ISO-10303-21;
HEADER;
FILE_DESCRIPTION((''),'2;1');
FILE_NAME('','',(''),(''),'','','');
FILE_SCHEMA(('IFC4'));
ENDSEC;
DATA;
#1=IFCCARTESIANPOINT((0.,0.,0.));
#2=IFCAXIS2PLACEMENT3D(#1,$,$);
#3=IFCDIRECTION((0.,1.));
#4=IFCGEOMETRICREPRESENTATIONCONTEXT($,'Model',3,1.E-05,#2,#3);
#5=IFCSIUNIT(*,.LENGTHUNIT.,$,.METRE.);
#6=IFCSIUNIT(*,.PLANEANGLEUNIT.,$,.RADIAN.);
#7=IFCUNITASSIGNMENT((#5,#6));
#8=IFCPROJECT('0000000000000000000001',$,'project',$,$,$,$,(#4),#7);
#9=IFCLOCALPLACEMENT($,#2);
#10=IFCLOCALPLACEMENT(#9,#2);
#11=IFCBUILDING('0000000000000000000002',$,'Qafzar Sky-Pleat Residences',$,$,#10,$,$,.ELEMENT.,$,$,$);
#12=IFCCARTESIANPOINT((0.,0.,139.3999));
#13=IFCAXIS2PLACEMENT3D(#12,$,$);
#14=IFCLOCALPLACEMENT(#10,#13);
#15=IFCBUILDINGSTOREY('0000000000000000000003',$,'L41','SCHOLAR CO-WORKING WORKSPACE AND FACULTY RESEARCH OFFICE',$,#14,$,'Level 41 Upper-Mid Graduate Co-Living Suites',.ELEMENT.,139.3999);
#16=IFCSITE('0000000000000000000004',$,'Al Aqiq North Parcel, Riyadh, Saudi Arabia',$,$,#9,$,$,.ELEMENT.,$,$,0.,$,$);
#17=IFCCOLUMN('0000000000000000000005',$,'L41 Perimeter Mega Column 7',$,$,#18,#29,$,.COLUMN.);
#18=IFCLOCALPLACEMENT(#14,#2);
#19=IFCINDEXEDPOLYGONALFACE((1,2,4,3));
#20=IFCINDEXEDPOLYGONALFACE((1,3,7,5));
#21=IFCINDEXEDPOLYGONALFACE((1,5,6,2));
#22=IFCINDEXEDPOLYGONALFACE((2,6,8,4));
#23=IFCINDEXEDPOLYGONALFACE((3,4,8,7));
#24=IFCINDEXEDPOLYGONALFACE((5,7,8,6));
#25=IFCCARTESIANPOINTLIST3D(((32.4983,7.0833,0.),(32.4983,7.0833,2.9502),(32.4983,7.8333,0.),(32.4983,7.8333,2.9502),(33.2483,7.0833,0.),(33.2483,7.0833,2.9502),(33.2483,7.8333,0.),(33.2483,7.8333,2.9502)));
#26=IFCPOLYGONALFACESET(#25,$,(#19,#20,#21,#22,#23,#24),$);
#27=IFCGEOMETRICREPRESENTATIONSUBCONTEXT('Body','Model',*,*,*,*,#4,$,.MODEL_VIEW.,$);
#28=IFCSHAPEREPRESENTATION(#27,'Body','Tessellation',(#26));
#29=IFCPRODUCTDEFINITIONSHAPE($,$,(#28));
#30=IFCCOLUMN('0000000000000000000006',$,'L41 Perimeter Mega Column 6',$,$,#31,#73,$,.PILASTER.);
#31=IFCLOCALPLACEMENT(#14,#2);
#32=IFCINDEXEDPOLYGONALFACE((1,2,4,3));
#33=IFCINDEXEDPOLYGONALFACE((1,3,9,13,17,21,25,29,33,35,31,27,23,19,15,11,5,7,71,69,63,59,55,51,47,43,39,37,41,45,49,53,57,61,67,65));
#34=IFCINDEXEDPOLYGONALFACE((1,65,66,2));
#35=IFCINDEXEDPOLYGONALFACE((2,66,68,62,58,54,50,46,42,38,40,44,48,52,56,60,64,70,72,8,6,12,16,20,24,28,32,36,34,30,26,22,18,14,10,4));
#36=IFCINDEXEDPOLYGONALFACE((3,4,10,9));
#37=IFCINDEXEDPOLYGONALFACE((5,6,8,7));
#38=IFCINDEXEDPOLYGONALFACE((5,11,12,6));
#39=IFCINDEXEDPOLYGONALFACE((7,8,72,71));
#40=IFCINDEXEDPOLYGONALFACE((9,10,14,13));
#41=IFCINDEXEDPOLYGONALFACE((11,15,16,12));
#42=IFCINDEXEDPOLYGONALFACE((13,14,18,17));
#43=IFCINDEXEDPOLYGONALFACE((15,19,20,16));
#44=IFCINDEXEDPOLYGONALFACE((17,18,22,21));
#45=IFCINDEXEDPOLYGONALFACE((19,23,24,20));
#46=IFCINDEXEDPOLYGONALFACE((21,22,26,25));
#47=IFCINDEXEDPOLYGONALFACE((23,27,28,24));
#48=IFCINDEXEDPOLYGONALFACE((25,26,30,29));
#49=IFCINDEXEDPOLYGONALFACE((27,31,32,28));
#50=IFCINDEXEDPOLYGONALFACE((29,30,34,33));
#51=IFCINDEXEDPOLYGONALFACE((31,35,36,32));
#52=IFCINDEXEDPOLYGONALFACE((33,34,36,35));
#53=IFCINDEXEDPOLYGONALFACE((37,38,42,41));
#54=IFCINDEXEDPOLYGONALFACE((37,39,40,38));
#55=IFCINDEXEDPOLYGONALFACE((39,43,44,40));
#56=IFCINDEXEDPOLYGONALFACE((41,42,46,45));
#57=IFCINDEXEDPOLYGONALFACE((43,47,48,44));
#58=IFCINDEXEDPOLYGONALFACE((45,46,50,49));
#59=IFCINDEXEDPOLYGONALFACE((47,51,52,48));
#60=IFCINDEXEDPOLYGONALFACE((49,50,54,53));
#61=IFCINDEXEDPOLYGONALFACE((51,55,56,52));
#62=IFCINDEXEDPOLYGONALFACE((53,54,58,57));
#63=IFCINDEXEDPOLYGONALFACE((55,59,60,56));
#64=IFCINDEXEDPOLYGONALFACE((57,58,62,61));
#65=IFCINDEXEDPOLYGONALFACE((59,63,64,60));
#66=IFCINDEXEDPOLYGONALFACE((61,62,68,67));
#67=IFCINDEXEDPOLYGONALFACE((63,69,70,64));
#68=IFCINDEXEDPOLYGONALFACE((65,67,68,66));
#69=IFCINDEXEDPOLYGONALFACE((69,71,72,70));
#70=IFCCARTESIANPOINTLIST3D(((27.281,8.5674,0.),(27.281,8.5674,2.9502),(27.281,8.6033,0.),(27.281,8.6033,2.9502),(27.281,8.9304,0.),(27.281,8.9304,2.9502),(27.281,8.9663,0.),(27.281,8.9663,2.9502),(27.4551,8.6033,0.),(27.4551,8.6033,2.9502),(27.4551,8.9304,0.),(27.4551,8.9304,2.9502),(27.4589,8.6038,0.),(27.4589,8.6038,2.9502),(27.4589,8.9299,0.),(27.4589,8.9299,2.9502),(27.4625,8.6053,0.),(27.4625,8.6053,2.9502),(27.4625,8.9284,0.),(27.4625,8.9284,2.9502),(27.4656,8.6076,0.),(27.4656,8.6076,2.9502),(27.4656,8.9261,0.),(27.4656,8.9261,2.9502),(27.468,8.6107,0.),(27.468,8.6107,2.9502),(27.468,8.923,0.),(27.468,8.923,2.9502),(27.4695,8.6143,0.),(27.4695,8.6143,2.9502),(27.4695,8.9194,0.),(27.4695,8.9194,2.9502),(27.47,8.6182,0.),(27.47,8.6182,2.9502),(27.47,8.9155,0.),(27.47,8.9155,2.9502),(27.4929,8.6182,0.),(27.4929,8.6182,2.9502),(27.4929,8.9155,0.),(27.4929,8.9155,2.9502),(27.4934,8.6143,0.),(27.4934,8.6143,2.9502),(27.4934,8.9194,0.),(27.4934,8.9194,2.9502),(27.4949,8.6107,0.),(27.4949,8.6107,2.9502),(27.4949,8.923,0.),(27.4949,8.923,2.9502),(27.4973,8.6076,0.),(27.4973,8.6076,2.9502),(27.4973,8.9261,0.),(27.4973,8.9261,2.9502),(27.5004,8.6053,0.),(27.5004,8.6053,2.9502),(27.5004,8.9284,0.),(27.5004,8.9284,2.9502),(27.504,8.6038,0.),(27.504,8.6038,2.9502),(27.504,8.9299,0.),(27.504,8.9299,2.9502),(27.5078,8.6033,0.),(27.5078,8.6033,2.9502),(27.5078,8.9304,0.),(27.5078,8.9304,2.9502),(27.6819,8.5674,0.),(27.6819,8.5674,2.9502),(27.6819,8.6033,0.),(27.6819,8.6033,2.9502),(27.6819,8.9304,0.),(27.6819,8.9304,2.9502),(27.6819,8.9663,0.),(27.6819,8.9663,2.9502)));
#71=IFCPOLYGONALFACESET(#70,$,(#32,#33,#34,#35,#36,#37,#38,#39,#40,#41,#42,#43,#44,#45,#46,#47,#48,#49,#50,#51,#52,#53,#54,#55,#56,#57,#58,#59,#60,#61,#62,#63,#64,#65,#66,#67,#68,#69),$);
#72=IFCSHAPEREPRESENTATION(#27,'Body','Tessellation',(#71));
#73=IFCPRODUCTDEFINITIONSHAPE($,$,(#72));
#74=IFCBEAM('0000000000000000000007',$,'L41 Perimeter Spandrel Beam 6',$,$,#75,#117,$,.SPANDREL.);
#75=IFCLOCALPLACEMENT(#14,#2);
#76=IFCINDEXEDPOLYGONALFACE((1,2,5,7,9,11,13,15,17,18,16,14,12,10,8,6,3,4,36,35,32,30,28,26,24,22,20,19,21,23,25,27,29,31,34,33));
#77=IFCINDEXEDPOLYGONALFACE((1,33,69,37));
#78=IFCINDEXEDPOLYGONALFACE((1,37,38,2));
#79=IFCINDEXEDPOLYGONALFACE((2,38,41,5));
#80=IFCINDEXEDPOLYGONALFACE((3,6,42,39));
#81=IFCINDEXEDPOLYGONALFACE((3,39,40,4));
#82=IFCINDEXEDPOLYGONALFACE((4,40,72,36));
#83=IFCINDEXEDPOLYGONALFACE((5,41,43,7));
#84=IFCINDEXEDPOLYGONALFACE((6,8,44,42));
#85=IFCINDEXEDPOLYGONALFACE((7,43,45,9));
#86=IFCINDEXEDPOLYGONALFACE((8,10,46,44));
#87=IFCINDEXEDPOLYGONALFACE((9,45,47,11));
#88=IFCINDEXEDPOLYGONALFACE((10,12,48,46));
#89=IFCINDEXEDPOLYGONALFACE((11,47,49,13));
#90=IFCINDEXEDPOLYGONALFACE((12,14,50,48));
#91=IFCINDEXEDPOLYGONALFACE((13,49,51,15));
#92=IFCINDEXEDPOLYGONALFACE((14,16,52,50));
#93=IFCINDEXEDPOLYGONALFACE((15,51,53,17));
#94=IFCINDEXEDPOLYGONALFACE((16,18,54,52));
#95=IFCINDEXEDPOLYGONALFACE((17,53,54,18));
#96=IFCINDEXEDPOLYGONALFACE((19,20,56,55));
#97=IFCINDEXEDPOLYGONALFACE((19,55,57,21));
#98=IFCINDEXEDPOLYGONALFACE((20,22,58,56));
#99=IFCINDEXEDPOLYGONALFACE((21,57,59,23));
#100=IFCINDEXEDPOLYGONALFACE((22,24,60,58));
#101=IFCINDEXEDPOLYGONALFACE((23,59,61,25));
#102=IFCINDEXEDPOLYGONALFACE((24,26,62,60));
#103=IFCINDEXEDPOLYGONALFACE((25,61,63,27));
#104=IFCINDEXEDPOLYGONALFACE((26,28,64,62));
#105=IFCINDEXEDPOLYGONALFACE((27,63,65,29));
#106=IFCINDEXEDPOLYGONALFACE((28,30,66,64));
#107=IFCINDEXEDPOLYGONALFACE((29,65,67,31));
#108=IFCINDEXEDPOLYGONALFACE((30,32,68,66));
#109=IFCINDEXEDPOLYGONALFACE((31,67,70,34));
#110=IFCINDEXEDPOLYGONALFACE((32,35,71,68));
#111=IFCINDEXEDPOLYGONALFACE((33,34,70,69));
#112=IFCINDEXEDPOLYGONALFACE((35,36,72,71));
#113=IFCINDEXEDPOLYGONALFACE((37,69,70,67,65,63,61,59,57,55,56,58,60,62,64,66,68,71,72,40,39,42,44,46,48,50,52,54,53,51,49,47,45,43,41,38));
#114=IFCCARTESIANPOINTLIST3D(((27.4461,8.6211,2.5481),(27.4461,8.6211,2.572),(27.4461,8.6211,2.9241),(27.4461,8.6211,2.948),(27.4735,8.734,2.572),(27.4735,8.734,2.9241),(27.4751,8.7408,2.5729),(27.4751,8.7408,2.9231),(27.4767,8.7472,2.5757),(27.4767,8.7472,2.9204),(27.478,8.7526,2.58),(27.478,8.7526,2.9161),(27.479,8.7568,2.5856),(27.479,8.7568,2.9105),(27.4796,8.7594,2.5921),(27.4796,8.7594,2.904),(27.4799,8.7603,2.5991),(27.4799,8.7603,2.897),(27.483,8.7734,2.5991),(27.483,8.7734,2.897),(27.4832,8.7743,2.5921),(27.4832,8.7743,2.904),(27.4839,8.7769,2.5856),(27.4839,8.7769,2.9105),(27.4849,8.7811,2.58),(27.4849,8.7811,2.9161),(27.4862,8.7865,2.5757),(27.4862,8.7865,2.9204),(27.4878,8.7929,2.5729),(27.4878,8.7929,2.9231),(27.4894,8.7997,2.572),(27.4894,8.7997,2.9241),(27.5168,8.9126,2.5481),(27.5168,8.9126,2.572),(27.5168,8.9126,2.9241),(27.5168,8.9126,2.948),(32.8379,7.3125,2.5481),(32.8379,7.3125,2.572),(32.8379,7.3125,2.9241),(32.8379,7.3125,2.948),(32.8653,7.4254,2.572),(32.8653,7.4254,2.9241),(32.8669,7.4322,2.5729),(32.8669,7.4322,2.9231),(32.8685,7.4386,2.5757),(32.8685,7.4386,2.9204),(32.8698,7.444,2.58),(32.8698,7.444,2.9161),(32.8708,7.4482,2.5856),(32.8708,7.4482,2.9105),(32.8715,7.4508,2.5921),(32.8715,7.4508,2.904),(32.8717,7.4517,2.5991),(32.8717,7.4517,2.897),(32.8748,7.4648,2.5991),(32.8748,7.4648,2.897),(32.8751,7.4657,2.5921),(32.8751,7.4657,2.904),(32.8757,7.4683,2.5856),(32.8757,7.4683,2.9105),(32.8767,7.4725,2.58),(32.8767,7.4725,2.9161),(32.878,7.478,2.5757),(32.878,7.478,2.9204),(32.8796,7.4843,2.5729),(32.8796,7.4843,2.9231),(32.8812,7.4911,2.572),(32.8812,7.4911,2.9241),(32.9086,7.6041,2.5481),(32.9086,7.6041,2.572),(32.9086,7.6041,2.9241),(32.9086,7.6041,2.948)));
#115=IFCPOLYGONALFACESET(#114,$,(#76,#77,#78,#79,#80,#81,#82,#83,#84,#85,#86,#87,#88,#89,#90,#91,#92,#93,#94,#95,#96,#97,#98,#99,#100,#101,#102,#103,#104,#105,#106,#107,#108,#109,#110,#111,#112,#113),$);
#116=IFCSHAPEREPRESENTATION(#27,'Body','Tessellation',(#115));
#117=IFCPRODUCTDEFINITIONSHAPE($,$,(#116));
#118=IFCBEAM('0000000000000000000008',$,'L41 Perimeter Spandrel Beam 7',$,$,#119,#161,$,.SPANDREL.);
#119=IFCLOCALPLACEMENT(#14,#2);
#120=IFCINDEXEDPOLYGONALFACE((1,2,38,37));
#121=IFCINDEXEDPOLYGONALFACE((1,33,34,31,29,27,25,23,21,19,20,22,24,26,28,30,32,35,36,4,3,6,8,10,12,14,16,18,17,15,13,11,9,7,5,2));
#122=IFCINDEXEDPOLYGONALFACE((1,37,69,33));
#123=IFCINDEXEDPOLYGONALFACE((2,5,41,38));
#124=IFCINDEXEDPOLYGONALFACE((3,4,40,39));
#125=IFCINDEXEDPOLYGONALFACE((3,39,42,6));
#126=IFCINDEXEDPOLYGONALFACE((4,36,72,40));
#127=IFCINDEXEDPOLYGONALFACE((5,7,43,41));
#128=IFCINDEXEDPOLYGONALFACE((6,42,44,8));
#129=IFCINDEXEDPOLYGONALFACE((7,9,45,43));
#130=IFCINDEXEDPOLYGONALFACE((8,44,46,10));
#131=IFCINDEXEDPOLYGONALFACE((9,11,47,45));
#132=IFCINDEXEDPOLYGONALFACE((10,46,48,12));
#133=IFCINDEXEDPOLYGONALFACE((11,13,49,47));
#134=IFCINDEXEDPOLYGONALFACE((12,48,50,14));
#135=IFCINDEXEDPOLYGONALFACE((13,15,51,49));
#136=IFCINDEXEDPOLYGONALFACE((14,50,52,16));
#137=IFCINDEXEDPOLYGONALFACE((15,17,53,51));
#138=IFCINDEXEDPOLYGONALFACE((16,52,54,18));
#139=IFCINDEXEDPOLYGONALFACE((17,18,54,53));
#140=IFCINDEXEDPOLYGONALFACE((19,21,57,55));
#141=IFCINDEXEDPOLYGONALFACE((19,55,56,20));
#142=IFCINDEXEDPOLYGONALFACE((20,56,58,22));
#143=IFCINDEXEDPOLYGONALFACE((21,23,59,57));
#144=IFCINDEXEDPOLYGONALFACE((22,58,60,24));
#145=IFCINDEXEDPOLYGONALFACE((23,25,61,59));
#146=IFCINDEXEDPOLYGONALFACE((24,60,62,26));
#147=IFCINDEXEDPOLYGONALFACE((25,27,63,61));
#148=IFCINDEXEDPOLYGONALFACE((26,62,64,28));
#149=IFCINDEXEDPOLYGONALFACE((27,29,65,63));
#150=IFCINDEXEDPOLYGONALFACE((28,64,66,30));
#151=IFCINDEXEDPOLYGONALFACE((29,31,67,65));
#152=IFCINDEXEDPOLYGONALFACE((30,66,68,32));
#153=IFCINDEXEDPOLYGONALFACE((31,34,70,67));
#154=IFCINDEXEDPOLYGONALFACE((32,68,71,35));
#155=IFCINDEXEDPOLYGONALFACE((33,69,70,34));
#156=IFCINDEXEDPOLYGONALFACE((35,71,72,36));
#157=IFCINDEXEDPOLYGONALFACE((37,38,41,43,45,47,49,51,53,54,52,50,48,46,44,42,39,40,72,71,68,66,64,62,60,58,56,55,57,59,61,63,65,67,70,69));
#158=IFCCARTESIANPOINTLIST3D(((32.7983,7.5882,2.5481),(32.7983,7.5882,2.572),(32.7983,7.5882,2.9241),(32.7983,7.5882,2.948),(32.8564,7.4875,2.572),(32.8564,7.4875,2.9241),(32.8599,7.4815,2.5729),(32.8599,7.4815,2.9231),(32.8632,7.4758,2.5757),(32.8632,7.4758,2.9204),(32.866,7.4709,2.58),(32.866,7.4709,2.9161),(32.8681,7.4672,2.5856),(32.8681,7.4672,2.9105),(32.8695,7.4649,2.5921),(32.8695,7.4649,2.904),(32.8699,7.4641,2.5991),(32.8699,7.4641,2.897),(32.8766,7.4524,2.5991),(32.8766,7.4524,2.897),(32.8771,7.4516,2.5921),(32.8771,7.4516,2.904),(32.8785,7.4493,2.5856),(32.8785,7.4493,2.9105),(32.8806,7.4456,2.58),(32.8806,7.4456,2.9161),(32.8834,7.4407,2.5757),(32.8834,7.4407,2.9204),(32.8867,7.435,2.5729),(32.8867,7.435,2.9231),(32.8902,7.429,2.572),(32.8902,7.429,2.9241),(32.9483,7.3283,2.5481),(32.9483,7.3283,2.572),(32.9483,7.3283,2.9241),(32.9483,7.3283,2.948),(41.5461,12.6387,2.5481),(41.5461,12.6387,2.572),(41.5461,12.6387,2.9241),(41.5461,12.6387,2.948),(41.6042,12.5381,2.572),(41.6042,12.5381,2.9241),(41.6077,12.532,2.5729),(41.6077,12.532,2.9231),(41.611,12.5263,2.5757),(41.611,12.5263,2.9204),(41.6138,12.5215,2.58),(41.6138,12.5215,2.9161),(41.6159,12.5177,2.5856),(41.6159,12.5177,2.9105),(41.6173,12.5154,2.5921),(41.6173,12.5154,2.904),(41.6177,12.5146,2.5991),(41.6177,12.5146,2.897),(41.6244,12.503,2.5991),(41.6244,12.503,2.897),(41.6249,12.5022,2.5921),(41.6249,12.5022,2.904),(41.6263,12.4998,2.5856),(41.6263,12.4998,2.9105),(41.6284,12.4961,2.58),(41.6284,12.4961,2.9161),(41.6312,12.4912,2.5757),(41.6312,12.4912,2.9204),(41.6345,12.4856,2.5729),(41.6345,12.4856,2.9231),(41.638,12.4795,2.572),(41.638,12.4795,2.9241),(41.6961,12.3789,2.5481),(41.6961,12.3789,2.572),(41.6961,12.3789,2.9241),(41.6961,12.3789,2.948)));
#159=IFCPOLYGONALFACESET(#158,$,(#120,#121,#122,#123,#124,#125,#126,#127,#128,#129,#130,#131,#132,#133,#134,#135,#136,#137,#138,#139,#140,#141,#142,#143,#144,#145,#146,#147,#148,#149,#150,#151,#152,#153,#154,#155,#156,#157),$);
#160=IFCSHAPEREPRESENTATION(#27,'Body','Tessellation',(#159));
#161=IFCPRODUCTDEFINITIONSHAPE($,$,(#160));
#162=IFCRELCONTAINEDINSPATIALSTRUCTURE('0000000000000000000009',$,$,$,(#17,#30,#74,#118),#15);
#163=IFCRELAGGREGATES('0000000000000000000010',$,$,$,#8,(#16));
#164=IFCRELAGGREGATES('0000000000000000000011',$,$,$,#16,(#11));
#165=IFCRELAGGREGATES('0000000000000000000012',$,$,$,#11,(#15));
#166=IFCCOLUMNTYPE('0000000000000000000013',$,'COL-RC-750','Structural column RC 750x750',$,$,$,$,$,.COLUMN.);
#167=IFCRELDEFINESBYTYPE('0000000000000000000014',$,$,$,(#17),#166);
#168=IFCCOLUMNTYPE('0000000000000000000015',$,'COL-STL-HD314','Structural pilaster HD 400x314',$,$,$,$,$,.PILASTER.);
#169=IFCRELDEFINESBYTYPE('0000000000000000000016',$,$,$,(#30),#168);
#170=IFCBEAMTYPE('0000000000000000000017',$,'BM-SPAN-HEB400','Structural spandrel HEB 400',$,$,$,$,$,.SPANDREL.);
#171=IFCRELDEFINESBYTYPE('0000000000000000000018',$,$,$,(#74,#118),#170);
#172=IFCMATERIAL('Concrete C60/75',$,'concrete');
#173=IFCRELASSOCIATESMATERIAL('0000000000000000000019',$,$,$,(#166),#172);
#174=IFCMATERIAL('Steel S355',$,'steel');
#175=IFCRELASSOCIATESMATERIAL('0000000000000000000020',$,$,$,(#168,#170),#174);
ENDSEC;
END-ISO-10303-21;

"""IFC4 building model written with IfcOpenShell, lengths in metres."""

from ifc_helpers import new_model, si_unit, direction, frame, origin, origin_2d, place, context, subcontext, project, spatial, rectangle, i_section, extrude, source, transform, mapped, material, material_profile, profile_set, type_object, element, save


model = new_model("IFC4")

# Units and contexts
model_context = context("Model", 3, precision=1e-05, world=origin(), true_north=direction((0.0, 1.0)))
body_context = subcontext(model_context, "Body", "Model", "MODEL_VIEW")
ifc_project = project(units=[si_unit("LENGTHUNIT", "METRE"), si_unit("PLANEANGLEUNIT", "RADIAN")], contexts=[model_context])

# Site, building, storey
site_placement = place(None, origin())
site = spatial("IfcSite", under=ifc_project, at=site_placement, Name="Al Aqiq North Parcel, Riyadh, Saudi Arabia", CompositionType="ELEMENT", RefElevation=0.0)
building_placement = place(site_placement, origin())
building = spatial("IfcBuilding", under=site, at=building_placement, Name="Qafzar Sky-Pleat Residences", CompositionType="ELEMENT")
storey_placement = place(building_placement, frame((0.0, 0.0, 139.3999)))
storey = spatial("IfcBuildingStorey", under=building, at=storey_placement, Name="L41", Description="SCHOLAR CO-WORKING WORKSPACE AND FACULTY RESEARCH OFFICE", LongName="Level 41 Upper-Mid Graduate Co-Living Suites", CompositionType="ELEMENT", Elevation=139.3999)

# Columns
ifc_material_1 = material(Name="Concrete C60/75", Category="concrete")
ifc_material_profile_1 = material_profile(ifc_material_1, rectangle(XDim=0.75, YDim=0.75, at=origin_2d()), Name="RC 750x750")
ifc_profile_set_1 = profile_set([ifc_material_profile_1], Name="Concrete C60/75")
column_type_1 = type_object("IfcColumnType", Name="COL-RC-750", Description="Structural column RC 750x750", PredefinedType="COLUMN", material=ifc_profile_set_1)
shared_shape_1 = source(origin(), body_context, "Body", "SweptSolid", [
    extrude(rectangle(XDim=0.75, YDim=0.75, at=origin_2d()), origin(), (0.0, 0.0, 1.0), 2.9502),
])
column_1_placement = place(storey_placement, frame((32.8733, 7.4583, 0.0), z_axis=(0.0, 0.0, 1.0), x_axis=(1.0, 0.0, 0.0)))
element("IfcColumn", 1, at=column_1_placement, inside=storey, type_object=column_type_1, Name="L41 Perimeter Mega Column 7", PredefinedType="COLUMN", context=body_context, shape_type="MappedRepresentation", body=[
    mapped(shared_shape_1, transform((0.0, 0.0, 0.0), x_axis=(1.0, 0.0, 0.0), y_axis=(0.0, 1.0, 0.0), z_axis=(0.0, 0.0, 1.0), scale=1.0)),
])
ifc_material_2 = material(Name="Steel S355", Category="steel")
ifc_material_profile_2 = material_profile(ifc_material_2, i_section(OverallWidth=0.4009, OverallDepth=0.3989, WebThickness=0.0229, FlangeThickness=0.0359, FilletRadius=0.0149, at=origin_2d()), Name="HD 400x314")
ifc_profile_set_2 = profile_set([ifc_material_profile_2], Name="Steel S355")
column_type_2 = type_object("IfcColumnType", Name="COL-STL-HD314", Description="Structural pilaster HD 400x314", PredefinedType="PILASTER", material=ifc_profile_set_2)
shared_shape_2 = source(origin(), body_context, "Body", "SweptSolid", [
    extrude(i_section(OverallWidth=0.4009, OverallDepth=0.3989, WebThickness=0.0229, FlangeThickness=0.0359, FilletRadius=0.0149, at=origin_2d()), origin(), (0.0, 0.0, 1.0), 2.9502),
])
column_2_placement = place(storey_placement, frame((27.4814, 8.7668, 0.0), z_axis=(0.0, 0.0, 1.0), x_axis=(1.0, 0.0, 0.0)))
element("IfcColumn", 2, at=column_2_placement, inside=storey, type_object=column_type_2, Name="L41 Perimeter Mega Column 6", PredefinedType="PILASTER", context=body_context, shape_type="MappedRepresentation", body=[
    mapped(shared_shape_2, transform((0.0, 0.0, 0.0), x_axis=(1.0, 0.0, 0.0), y_axis=(0.0, 1.0, 0.0), z_axis=(0.0, 0.0, 1.0), scale=1.0)),
])

# Beams
ifc_material_profile_3 = material_profile(ifc_material_2, i_section(OverallWidth=0.3, OverallDepth=0.3999, WebThickness=0.0134, FlangeThickness=0.0239, FilletRadius=0.0271, at=origin_2d()), Name="HEB 400")
ifc_profile_set_3 = profile_set([ifc_material_profile_3], Name="Steel S355")
beam_type_1 = type_object("IfcBeamType", Name="BM-SPAN-HEB400", Description="Structural spandrel HEB 400", PredefinedType="SPANDREL", material=ifc_profile_set_3)
shared_shape_3 = source(origin(), body_context, "Body", "SweptSolid", [
    extrude(i_section(OverallWidth=0.3, OverallDepth=0.3999, WebThickness=0.0134, FlangeThickness=0.0239, FilletRadius=0.0271, at=origin_2d()), origin(), (0.0, 0.0, 1.0), 5.5483),
])
beam_1_placement = place(storey_placement, frame((27.4814, 8.7668, 2.748), z_axis=(0.971789, -0.235852, 0.0), x_axis=(0.235852, 0.971789, 0.0)))
element("IfcBeam", 3, at=beam_1_placement, inside=storey, type_object=beam_type_1, Name="L41 Perimeter Spandrel Beam 6", PredefinedType="SPANDREL", context=body_context, shape_type="MappedRepresentation", body=[
    mapped(shared_shape_3, transform((0.0, 0.0, 0.0), x_axis=(1.0, 0.0, 0.0), y_axis=(0.0, 1.0, 0.0), z_axis=(0.0, 0.0, 1.0), scale=1.0)),
])
shared_shape_4 = source(origin(), body_context, "Body", "SweptSolid", [
    extrude(i_section(OverallWidth=0.3, OverallDepth=0.3999, WebThickness=0.0134, FlangeThickness=0.0239, FilletRadius=0.0271, at=origin_2d()), origin(), (0.0, 0.0, 1.0), 10.1011),
])
beam_2_placement = place(storey_placement, frame((32.8733, 7.4583, 2.748), z_axis=(0.866026, 0.499999, 0.0), x_axis=(-0.499999, 0.866026, 0.0)))
element("IfcBeam", 4, at=beam_2_placement, inside=storey, type_object=beam_type_1, Name="L41 Perimeter Spandrel Beam 7", PredefinedType="SPANDREL", context=body_context, shape_type="MappedRepresentation", body=[
    mapped(shared_shape_4, transform((0.0, 0.0, 0.0), x_axis=(1.0, 0.0, 0.0), y_axis=(0.0, 1.0, 0.0), z_axis=(0.0, 0.0, 1.0), scale=1.0)),
])

save(model, "model.ifc")
